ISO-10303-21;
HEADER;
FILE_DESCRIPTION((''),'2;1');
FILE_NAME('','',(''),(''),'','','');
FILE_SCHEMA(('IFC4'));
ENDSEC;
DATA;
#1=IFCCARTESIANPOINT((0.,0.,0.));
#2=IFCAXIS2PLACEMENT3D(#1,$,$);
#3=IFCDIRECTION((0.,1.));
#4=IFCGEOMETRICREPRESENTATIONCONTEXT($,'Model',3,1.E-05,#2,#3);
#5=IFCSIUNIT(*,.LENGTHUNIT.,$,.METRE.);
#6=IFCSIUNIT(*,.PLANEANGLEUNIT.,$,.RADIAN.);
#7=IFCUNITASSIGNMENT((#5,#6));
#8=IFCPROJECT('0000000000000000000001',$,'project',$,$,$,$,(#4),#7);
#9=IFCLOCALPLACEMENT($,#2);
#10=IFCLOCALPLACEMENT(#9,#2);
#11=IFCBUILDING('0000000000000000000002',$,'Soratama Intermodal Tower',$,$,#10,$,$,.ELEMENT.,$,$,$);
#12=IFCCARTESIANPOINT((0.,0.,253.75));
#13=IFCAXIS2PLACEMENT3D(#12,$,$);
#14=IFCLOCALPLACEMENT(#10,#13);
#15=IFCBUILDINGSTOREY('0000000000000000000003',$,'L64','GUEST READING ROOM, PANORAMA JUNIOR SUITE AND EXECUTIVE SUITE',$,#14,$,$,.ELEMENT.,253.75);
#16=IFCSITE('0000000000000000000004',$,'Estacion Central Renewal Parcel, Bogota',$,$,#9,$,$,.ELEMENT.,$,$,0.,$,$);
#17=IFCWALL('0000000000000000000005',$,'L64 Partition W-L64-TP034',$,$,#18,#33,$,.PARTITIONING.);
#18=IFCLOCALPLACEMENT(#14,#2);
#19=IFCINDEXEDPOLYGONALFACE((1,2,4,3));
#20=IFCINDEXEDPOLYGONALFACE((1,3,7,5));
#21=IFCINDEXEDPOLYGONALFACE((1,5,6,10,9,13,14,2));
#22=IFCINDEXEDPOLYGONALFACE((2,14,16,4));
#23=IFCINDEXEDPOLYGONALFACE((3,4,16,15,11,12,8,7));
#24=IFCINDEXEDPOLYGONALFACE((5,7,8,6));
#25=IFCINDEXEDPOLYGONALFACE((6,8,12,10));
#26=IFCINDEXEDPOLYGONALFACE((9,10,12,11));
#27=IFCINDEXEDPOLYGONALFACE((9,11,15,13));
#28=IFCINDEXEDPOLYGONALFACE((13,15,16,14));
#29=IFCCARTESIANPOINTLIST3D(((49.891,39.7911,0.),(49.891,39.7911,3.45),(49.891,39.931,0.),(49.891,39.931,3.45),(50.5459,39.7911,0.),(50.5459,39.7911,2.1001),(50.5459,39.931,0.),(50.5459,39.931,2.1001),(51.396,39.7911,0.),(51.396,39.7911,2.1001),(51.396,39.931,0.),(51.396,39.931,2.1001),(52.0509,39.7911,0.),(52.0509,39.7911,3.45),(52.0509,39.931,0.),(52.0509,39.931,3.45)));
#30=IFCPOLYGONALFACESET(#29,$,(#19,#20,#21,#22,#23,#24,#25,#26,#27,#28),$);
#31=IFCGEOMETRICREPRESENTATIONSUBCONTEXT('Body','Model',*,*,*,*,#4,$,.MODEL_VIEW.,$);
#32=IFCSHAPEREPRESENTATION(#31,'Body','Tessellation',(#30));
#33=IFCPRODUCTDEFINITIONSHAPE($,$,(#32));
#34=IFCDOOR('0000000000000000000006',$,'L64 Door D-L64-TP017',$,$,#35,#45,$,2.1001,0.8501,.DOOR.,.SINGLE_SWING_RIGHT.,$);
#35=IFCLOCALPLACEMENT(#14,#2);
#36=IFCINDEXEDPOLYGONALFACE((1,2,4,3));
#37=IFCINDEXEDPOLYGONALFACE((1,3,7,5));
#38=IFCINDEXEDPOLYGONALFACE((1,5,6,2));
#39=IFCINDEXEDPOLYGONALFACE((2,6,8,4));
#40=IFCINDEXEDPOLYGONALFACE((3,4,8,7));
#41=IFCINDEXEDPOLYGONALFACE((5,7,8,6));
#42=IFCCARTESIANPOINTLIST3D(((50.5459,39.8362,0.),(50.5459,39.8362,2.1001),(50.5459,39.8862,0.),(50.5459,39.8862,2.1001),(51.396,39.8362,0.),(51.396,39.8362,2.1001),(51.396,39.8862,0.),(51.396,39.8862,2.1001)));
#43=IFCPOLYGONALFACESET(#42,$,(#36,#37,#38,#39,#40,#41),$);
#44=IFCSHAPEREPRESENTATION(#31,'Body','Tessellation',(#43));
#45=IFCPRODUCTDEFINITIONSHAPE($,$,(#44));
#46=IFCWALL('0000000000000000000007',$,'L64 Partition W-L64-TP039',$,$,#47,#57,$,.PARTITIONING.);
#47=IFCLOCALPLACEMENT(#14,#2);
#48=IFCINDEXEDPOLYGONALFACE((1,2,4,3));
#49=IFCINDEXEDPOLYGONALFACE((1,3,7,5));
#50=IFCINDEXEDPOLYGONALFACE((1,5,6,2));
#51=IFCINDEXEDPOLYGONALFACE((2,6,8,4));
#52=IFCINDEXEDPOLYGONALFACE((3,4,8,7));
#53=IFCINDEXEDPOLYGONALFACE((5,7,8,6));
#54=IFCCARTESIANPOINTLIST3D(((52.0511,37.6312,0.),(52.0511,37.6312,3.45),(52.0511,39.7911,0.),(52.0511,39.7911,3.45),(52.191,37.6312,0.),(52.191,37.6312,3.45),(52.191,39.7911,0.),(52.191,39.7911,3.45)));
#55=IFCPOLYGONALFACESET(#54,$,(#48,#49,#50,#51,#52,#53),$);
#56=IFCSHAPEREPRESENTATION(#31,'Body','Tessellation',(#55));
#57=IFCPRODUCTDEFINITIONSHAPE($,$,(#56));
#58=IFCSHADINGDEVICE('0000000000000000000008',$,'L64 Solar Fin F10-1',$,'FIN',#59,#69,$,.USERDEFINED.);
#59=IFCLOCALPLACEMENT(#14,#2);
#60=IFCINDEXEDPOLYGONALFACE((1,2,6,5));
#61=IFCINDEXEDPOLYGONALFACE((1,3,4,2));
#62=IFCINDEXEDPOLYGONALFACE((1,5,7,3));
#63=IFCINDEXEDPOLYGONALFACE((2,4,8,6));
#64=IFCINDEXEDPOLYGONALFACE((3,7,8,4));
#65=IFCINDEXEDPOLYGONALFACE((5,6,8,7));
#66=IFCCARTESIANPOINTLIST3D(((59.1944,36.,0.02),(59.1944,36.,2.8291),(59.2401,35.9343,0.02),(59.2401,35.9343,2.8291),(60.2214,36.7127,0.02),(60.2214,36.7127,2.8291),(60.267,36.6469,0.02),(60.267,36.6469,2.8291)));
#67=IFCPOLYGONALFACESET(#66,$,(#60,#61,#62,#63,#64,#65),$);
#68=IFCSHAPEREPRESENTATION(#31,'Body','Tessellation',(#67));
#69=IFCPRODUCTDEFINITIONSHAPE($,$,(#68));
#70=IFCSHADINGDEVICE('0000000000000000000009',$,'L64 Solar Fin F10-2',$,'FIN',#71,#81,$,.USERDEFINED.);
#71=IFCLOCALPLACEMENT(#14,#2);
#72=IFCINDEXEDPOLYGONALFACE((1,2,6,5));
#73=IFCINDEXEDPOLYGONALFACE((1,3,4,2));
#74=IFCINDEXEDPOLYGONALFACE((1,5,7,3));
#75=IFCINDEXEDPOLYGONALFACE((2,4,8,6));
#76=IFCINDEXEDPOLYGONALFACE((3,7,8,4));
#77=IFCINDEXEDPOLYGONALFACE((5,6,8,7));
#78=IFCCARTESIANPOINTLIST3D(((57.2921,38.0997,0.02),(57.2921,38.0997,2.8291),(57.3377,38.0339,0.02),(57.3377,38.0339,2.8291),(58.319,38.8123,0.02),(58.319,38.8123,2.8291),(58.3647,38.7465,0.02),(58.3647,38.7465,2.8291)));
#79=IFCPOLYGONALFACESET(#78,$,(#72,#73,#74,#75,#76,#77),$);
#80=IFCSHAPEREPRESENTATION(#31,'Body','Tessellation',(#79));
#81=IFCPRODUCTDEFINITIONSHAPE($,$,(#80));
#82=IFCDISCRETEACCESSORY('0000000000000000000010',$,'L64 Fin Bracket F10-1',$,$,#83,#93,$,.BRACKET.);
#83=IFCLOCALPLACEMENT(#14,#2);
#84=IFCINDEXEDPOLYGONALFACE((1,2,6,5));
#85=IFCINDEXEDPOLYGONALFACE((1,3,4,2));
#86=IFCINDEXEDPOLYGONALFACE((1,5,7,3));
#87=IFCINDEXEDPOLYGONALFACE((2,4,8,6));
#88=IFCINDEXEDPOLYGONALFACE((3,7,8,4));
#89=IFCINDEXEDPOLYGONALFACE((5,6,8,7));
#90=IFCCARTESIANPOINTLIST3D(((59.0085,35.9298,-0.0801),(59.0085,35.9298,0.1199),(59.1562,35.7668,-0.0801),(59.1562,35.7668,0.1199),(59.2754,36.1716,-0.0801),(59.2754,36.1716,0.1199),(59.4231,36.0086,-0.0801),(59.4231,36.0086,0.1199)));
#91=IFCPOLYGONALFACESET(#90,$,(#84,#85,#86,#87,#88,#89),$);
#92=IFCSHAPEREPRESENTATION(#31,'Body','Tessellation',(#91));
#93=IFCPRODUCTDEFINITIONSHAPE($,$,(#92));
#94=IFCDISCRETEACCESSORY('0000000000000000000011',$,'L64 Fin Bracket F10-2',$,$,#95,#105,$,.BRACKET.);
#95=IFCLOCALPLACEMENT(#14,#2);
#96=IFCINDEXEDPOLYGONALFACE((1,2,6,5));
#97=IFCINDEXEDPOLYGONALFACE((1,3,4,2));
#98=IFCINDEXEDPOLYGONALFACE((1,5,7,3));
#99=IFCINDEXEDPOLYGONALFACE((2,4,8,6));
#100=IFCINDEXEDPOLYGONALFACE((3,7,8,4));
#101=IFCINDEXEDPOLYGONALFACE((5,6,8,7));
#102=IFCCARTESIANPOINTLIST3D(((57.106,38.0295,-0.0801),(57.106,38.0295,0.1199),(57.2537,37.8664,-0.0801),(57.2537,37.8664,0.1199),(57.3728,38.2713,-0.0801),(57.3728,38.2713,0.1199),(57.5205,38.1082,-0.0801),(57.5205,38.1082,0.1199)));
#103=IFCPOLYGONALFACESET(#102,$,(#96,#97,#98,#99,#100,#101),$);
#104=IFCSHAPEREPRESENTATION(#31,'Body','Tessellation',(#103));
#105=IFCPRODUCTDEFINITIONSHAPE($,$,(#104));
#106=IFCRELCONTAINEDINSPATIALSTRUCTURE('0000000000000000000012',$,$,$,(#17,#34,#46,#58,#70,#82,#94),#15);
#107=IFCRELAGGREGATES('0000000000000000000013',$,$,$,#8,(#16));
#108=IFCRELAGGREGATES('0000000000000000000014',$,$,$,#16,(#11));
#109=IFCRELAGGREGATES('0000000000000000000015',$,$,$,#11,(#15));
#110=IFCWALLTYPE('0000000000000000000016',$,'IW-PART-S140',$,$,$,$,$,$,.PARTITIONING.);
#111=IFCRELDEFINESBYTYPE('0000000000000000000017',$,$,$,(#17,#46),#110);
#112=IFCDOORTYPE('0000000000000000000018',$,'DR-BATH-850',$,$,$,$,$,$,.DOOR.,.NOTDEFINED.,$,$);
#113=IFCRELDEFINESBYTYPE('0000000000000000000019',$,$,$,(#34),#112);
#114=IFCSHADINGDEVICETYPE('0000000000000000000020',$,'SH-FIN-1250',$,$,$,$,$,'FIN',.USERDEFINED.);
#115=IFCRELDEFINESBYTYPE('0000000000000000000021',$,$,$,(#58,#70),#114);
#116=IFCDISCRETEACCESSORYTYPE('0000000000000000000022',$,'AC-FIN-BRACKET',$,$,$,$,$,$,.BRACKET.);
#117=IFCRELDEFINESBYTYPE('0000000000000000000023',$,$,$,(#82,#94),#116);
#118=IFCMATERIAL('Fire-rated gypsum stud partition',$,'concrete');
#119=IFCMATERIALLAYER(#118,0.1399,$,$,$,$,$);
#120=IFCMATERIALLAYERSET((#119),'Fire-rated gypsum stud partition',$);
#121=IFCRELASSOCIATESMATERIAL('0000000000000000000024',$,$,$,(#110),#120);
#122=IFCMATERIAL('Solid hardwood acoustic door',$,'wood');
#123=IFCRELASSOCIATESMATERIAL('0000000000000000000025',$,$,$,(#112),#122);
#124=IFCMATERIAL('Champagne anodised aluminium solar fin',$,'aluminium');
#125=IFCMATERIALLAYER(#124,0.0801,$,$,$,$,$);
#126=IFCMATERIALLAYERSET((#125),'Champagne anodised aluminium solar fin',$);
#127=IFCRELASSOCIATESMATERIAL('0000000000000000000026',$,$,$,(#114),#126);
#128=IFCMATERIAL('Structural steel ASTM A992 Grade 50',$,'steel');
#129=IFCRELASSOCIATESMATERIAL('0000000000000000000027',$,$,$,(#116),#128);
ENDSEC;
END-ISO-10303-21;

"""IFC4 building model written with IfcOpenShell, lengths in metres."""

from ifc_helpers import new_model, si_unit, direction, frame, frame_2d, origin, origin_2d, place, context, subcontext, project, spatial, rectangle, extrude, material, layer, layer_set, type_object, element, fill, save


model = new_model("IFC4")

# Units and contexts
model_context = context("Model", 3, precision=1e-05, world=origin(), true_north=direction((0.0, 1.0)))
body_context = subcontext(model_context, "Body", "Model", "MODEL_VIEW")
ifc_project = project(units=[si_unit("LENGTHUNIT", "METRE"), si_unit("PLANEANGLEUNIT", "RADIAN")], contexts=[model_context])

# Site, building, storey
site_placement = place(None, origin())
site = spatial("IfcSite", under=ifc_project, at=site_placement, Name="Estacion Central Renewal Parcel, Bogota", CompositionType="ELEMENT", RefElevation=0.0)
building_placement = place(site_placement, origin())
building = spatial("IfcBuilding", under=site, at=building_placement, Name="Soratama Intermodal Tower", CompositionType="ELEMENT")
storey_placement = place(building_placement, frame((0.0, 0.0, 253.75)))
storey = spatial("IfcBuildingStorey", under=building, at=storey_placement, Name="L64", Description="GUEST READING ROOM, PANORAMA JUNIOR SUITE AND EXECUTIVE SUITE", CompositionType="ELEMENT", Elevation=253.75)

# Wall, opening, door
ifc_material_1 = material(Name="Fire-rated gypsum stud partition", Category="concrete")
ifc_layer_1 = layer(ifc_material_1, 0.1399)
ifc_layer_set_1 = layer_set([ifc_layer_1], Name="Fire-rated gypsum stud partition")
wall_type_1 = type_object("IfcWallType", Name="IW-PART-S140", PredefinedType="PARTITIONING", material=ifc_layer_set_1)
wall_1_placement = place(storey_placement, frame((52.051, 39.8611, 0.0), z_axis=(0.0, 0.0, 1.0), x_axis=(-1.0, 0.0, 0.0)))
wall_1 = element("IfcWall", 1, at=wall_1_placement, inside=storey, type_object=wall_type_1, Name="L64 Partition W-L64-TP034", PredefinedType="PARTITIONING", context=body_context, shape_type="SweptSolid", body=[
    extrude(rectangle(XDim=2.1599, YDim=0.1399, at=frame_2d((1.0801, 0.0))), origin(), (0.0, 0.0, 1.0), 3.45),
])
opening_1_placement = place(wall_1_placement, frame((0.655, 0.0, 0.0)))
opening_1 = element("IfcOpeningElement", 2, at=opening_1_placement, cuts=wall_1, PredefinedType="OPENING", context=body_context, shape_type="SweptSolid", body=[
    extrude(rectangle(XDim=0.8501, YDim=2.1001, at=frame_2d((0.425, 1.05))), frame((0.0, 0.0798, 0.0), z_axis=(0.0, -1.0, 0.0), x_axis=(1.0, 0.0, 0.0)), (0.0, 0.0, 1.0), 0.1599),
])
ifc_material_2 = material(Name="Solid hardwood acoustic door", Category="wood")
door_type_1 = type_object("IfcDoorType", Name="DR-BATH-850", OperationType="NOTDEFINED", PredefinedType="DOOR", material=ifc_material_2)
door_1_placement = place(opening_1_placement, origin())
door_1 = element("IfcDoor", 3, at=door_1_placement, inside=storey, type_object=door_type_1, Name="L64 Door D-L64-TP017", OperationType="SINGLE_SWING_RIGHT", OverallHeight=2.1001, OverallWidth=0.8501, PredefinedType="DOOR", context=body_context, shape_type="SweptSolid", body=[
    extrude(rectangle(XDim=0.8501, YDim=2.1001, at=frame_2d((0.425, 1.05))), frame((0.0, 0.0249, 0.0), z_axis=(0.0, -1.0, 0.0), x_axis=(1.0, 0.0, 0.0)), (0.0, 0.0, 1.0), 0.05),
])
fill(opening_1, door_1)

# Wall
wall_2_placement = place(storey_placement, frame((52.1211, 37.6311, 0.0), z_axis=(0.0, 0.0, 1.0), x_axis=(0.0, 1.0, 0.0)))
element("IfcWall", 4, at=wall_2_placement, inside=storey, type_object=wall_type_1, Name="L64 Partition W-L64-TP039", PredefinedType="PARTITIONING", context=body_context, shape_type="SweptSolid", body=[
    extrude(rectangle(XDim=2.1599, YDim=0.1399, at=frame_2d((1.0801, 0.0))), origin(), (0.0, 0.0, 1.0), 3.45),
])

# Shading devices
ifc_material_3 = material(Name="Champagne anodised aluminium solar fin", Category="aluminium")
ifc_layer_2 = layer(ifc_material_3, 0.0801)
ifc_layer_set_2 = layer_set([ifc_layer_2], Name="Champagne anodised aluminium solar fin")
shading_device_type = type_object("IfcShadingDeviceType", Name="SH-FIN-1250", ElementType="FIN", PredefinedType="USERDEFINED", material=ifc_layer_set_2)
for number, where, z_axis, x_axis, name in (
    (5, (59.7307, 36.3235, 0.02), (0.0, 0.0, 1.0), (0.821547, 0.57014, 0.0), "L64 Solar Fin F10-1"),
    (6, (57.8284, 38.4231, 0.02), (0.0, 0.0, 1.0), (0.821547, 0.57014, 0.0), "L64 Solar Fin F10-2"),
):
    element("IfcShadingDevice", number, at=place(storey_placement, frame(where, z_axis=z_axis, x_axis=x_axis)), inside=storey, type_object=shading_device_type, Name=name, ObjectType="FIN", PredefinedType="USERDEFINED", context=body_context, shape_type="SweptSolid", body=[
        extrude(rectangle(XDim=1.25, YDim=0.0801, at=origin_2d()), origin(), (0.0, 0.0, 1.0), 2.8091),
    ])

# Discrete accessories
ifc_material_4 = material(Name="Structural steel ASTM A992 Grade 50", Category="steel")
discrete_accessory_type = type_object("IfcDiscreteAccessoryType", Name="AC-FIN-BRACKET", PredefinedType="BRACKET", material=ifc_material_4)
for number, where, z_axis, x_axis, name in (
    (7, (59.2158, 35.9692, -0.0801), (0.0, 0.0, 1.0), (0.741039, 0.671462, 0.0), "L64 Fin Bracket F10-1"),
    (8, (57.3132, 38.0688, -0.0801), (0.0, 0.0, 1.0), (0.741039, 0.671462, 0.0), "L64 Fin Bracket F10-2"),
):
    element("IfcDiscreteAccessory", number, at=place(storey_placement, frame(where, z_axis=z_axis, x_axis=x_axis)), inside=storey, type_object=discrete_accessory_type, Name=name, PredefinedType="BRACKET", context=body_context, shape_type="SweptSolid", body=[
        extrude(rectangle(XDim=0.3601, YDim=0.22, at=origin_2d()), origin(), (0.0, 0.0, 1.0), 0.2),
    ])

save(model, "model.ifc")
